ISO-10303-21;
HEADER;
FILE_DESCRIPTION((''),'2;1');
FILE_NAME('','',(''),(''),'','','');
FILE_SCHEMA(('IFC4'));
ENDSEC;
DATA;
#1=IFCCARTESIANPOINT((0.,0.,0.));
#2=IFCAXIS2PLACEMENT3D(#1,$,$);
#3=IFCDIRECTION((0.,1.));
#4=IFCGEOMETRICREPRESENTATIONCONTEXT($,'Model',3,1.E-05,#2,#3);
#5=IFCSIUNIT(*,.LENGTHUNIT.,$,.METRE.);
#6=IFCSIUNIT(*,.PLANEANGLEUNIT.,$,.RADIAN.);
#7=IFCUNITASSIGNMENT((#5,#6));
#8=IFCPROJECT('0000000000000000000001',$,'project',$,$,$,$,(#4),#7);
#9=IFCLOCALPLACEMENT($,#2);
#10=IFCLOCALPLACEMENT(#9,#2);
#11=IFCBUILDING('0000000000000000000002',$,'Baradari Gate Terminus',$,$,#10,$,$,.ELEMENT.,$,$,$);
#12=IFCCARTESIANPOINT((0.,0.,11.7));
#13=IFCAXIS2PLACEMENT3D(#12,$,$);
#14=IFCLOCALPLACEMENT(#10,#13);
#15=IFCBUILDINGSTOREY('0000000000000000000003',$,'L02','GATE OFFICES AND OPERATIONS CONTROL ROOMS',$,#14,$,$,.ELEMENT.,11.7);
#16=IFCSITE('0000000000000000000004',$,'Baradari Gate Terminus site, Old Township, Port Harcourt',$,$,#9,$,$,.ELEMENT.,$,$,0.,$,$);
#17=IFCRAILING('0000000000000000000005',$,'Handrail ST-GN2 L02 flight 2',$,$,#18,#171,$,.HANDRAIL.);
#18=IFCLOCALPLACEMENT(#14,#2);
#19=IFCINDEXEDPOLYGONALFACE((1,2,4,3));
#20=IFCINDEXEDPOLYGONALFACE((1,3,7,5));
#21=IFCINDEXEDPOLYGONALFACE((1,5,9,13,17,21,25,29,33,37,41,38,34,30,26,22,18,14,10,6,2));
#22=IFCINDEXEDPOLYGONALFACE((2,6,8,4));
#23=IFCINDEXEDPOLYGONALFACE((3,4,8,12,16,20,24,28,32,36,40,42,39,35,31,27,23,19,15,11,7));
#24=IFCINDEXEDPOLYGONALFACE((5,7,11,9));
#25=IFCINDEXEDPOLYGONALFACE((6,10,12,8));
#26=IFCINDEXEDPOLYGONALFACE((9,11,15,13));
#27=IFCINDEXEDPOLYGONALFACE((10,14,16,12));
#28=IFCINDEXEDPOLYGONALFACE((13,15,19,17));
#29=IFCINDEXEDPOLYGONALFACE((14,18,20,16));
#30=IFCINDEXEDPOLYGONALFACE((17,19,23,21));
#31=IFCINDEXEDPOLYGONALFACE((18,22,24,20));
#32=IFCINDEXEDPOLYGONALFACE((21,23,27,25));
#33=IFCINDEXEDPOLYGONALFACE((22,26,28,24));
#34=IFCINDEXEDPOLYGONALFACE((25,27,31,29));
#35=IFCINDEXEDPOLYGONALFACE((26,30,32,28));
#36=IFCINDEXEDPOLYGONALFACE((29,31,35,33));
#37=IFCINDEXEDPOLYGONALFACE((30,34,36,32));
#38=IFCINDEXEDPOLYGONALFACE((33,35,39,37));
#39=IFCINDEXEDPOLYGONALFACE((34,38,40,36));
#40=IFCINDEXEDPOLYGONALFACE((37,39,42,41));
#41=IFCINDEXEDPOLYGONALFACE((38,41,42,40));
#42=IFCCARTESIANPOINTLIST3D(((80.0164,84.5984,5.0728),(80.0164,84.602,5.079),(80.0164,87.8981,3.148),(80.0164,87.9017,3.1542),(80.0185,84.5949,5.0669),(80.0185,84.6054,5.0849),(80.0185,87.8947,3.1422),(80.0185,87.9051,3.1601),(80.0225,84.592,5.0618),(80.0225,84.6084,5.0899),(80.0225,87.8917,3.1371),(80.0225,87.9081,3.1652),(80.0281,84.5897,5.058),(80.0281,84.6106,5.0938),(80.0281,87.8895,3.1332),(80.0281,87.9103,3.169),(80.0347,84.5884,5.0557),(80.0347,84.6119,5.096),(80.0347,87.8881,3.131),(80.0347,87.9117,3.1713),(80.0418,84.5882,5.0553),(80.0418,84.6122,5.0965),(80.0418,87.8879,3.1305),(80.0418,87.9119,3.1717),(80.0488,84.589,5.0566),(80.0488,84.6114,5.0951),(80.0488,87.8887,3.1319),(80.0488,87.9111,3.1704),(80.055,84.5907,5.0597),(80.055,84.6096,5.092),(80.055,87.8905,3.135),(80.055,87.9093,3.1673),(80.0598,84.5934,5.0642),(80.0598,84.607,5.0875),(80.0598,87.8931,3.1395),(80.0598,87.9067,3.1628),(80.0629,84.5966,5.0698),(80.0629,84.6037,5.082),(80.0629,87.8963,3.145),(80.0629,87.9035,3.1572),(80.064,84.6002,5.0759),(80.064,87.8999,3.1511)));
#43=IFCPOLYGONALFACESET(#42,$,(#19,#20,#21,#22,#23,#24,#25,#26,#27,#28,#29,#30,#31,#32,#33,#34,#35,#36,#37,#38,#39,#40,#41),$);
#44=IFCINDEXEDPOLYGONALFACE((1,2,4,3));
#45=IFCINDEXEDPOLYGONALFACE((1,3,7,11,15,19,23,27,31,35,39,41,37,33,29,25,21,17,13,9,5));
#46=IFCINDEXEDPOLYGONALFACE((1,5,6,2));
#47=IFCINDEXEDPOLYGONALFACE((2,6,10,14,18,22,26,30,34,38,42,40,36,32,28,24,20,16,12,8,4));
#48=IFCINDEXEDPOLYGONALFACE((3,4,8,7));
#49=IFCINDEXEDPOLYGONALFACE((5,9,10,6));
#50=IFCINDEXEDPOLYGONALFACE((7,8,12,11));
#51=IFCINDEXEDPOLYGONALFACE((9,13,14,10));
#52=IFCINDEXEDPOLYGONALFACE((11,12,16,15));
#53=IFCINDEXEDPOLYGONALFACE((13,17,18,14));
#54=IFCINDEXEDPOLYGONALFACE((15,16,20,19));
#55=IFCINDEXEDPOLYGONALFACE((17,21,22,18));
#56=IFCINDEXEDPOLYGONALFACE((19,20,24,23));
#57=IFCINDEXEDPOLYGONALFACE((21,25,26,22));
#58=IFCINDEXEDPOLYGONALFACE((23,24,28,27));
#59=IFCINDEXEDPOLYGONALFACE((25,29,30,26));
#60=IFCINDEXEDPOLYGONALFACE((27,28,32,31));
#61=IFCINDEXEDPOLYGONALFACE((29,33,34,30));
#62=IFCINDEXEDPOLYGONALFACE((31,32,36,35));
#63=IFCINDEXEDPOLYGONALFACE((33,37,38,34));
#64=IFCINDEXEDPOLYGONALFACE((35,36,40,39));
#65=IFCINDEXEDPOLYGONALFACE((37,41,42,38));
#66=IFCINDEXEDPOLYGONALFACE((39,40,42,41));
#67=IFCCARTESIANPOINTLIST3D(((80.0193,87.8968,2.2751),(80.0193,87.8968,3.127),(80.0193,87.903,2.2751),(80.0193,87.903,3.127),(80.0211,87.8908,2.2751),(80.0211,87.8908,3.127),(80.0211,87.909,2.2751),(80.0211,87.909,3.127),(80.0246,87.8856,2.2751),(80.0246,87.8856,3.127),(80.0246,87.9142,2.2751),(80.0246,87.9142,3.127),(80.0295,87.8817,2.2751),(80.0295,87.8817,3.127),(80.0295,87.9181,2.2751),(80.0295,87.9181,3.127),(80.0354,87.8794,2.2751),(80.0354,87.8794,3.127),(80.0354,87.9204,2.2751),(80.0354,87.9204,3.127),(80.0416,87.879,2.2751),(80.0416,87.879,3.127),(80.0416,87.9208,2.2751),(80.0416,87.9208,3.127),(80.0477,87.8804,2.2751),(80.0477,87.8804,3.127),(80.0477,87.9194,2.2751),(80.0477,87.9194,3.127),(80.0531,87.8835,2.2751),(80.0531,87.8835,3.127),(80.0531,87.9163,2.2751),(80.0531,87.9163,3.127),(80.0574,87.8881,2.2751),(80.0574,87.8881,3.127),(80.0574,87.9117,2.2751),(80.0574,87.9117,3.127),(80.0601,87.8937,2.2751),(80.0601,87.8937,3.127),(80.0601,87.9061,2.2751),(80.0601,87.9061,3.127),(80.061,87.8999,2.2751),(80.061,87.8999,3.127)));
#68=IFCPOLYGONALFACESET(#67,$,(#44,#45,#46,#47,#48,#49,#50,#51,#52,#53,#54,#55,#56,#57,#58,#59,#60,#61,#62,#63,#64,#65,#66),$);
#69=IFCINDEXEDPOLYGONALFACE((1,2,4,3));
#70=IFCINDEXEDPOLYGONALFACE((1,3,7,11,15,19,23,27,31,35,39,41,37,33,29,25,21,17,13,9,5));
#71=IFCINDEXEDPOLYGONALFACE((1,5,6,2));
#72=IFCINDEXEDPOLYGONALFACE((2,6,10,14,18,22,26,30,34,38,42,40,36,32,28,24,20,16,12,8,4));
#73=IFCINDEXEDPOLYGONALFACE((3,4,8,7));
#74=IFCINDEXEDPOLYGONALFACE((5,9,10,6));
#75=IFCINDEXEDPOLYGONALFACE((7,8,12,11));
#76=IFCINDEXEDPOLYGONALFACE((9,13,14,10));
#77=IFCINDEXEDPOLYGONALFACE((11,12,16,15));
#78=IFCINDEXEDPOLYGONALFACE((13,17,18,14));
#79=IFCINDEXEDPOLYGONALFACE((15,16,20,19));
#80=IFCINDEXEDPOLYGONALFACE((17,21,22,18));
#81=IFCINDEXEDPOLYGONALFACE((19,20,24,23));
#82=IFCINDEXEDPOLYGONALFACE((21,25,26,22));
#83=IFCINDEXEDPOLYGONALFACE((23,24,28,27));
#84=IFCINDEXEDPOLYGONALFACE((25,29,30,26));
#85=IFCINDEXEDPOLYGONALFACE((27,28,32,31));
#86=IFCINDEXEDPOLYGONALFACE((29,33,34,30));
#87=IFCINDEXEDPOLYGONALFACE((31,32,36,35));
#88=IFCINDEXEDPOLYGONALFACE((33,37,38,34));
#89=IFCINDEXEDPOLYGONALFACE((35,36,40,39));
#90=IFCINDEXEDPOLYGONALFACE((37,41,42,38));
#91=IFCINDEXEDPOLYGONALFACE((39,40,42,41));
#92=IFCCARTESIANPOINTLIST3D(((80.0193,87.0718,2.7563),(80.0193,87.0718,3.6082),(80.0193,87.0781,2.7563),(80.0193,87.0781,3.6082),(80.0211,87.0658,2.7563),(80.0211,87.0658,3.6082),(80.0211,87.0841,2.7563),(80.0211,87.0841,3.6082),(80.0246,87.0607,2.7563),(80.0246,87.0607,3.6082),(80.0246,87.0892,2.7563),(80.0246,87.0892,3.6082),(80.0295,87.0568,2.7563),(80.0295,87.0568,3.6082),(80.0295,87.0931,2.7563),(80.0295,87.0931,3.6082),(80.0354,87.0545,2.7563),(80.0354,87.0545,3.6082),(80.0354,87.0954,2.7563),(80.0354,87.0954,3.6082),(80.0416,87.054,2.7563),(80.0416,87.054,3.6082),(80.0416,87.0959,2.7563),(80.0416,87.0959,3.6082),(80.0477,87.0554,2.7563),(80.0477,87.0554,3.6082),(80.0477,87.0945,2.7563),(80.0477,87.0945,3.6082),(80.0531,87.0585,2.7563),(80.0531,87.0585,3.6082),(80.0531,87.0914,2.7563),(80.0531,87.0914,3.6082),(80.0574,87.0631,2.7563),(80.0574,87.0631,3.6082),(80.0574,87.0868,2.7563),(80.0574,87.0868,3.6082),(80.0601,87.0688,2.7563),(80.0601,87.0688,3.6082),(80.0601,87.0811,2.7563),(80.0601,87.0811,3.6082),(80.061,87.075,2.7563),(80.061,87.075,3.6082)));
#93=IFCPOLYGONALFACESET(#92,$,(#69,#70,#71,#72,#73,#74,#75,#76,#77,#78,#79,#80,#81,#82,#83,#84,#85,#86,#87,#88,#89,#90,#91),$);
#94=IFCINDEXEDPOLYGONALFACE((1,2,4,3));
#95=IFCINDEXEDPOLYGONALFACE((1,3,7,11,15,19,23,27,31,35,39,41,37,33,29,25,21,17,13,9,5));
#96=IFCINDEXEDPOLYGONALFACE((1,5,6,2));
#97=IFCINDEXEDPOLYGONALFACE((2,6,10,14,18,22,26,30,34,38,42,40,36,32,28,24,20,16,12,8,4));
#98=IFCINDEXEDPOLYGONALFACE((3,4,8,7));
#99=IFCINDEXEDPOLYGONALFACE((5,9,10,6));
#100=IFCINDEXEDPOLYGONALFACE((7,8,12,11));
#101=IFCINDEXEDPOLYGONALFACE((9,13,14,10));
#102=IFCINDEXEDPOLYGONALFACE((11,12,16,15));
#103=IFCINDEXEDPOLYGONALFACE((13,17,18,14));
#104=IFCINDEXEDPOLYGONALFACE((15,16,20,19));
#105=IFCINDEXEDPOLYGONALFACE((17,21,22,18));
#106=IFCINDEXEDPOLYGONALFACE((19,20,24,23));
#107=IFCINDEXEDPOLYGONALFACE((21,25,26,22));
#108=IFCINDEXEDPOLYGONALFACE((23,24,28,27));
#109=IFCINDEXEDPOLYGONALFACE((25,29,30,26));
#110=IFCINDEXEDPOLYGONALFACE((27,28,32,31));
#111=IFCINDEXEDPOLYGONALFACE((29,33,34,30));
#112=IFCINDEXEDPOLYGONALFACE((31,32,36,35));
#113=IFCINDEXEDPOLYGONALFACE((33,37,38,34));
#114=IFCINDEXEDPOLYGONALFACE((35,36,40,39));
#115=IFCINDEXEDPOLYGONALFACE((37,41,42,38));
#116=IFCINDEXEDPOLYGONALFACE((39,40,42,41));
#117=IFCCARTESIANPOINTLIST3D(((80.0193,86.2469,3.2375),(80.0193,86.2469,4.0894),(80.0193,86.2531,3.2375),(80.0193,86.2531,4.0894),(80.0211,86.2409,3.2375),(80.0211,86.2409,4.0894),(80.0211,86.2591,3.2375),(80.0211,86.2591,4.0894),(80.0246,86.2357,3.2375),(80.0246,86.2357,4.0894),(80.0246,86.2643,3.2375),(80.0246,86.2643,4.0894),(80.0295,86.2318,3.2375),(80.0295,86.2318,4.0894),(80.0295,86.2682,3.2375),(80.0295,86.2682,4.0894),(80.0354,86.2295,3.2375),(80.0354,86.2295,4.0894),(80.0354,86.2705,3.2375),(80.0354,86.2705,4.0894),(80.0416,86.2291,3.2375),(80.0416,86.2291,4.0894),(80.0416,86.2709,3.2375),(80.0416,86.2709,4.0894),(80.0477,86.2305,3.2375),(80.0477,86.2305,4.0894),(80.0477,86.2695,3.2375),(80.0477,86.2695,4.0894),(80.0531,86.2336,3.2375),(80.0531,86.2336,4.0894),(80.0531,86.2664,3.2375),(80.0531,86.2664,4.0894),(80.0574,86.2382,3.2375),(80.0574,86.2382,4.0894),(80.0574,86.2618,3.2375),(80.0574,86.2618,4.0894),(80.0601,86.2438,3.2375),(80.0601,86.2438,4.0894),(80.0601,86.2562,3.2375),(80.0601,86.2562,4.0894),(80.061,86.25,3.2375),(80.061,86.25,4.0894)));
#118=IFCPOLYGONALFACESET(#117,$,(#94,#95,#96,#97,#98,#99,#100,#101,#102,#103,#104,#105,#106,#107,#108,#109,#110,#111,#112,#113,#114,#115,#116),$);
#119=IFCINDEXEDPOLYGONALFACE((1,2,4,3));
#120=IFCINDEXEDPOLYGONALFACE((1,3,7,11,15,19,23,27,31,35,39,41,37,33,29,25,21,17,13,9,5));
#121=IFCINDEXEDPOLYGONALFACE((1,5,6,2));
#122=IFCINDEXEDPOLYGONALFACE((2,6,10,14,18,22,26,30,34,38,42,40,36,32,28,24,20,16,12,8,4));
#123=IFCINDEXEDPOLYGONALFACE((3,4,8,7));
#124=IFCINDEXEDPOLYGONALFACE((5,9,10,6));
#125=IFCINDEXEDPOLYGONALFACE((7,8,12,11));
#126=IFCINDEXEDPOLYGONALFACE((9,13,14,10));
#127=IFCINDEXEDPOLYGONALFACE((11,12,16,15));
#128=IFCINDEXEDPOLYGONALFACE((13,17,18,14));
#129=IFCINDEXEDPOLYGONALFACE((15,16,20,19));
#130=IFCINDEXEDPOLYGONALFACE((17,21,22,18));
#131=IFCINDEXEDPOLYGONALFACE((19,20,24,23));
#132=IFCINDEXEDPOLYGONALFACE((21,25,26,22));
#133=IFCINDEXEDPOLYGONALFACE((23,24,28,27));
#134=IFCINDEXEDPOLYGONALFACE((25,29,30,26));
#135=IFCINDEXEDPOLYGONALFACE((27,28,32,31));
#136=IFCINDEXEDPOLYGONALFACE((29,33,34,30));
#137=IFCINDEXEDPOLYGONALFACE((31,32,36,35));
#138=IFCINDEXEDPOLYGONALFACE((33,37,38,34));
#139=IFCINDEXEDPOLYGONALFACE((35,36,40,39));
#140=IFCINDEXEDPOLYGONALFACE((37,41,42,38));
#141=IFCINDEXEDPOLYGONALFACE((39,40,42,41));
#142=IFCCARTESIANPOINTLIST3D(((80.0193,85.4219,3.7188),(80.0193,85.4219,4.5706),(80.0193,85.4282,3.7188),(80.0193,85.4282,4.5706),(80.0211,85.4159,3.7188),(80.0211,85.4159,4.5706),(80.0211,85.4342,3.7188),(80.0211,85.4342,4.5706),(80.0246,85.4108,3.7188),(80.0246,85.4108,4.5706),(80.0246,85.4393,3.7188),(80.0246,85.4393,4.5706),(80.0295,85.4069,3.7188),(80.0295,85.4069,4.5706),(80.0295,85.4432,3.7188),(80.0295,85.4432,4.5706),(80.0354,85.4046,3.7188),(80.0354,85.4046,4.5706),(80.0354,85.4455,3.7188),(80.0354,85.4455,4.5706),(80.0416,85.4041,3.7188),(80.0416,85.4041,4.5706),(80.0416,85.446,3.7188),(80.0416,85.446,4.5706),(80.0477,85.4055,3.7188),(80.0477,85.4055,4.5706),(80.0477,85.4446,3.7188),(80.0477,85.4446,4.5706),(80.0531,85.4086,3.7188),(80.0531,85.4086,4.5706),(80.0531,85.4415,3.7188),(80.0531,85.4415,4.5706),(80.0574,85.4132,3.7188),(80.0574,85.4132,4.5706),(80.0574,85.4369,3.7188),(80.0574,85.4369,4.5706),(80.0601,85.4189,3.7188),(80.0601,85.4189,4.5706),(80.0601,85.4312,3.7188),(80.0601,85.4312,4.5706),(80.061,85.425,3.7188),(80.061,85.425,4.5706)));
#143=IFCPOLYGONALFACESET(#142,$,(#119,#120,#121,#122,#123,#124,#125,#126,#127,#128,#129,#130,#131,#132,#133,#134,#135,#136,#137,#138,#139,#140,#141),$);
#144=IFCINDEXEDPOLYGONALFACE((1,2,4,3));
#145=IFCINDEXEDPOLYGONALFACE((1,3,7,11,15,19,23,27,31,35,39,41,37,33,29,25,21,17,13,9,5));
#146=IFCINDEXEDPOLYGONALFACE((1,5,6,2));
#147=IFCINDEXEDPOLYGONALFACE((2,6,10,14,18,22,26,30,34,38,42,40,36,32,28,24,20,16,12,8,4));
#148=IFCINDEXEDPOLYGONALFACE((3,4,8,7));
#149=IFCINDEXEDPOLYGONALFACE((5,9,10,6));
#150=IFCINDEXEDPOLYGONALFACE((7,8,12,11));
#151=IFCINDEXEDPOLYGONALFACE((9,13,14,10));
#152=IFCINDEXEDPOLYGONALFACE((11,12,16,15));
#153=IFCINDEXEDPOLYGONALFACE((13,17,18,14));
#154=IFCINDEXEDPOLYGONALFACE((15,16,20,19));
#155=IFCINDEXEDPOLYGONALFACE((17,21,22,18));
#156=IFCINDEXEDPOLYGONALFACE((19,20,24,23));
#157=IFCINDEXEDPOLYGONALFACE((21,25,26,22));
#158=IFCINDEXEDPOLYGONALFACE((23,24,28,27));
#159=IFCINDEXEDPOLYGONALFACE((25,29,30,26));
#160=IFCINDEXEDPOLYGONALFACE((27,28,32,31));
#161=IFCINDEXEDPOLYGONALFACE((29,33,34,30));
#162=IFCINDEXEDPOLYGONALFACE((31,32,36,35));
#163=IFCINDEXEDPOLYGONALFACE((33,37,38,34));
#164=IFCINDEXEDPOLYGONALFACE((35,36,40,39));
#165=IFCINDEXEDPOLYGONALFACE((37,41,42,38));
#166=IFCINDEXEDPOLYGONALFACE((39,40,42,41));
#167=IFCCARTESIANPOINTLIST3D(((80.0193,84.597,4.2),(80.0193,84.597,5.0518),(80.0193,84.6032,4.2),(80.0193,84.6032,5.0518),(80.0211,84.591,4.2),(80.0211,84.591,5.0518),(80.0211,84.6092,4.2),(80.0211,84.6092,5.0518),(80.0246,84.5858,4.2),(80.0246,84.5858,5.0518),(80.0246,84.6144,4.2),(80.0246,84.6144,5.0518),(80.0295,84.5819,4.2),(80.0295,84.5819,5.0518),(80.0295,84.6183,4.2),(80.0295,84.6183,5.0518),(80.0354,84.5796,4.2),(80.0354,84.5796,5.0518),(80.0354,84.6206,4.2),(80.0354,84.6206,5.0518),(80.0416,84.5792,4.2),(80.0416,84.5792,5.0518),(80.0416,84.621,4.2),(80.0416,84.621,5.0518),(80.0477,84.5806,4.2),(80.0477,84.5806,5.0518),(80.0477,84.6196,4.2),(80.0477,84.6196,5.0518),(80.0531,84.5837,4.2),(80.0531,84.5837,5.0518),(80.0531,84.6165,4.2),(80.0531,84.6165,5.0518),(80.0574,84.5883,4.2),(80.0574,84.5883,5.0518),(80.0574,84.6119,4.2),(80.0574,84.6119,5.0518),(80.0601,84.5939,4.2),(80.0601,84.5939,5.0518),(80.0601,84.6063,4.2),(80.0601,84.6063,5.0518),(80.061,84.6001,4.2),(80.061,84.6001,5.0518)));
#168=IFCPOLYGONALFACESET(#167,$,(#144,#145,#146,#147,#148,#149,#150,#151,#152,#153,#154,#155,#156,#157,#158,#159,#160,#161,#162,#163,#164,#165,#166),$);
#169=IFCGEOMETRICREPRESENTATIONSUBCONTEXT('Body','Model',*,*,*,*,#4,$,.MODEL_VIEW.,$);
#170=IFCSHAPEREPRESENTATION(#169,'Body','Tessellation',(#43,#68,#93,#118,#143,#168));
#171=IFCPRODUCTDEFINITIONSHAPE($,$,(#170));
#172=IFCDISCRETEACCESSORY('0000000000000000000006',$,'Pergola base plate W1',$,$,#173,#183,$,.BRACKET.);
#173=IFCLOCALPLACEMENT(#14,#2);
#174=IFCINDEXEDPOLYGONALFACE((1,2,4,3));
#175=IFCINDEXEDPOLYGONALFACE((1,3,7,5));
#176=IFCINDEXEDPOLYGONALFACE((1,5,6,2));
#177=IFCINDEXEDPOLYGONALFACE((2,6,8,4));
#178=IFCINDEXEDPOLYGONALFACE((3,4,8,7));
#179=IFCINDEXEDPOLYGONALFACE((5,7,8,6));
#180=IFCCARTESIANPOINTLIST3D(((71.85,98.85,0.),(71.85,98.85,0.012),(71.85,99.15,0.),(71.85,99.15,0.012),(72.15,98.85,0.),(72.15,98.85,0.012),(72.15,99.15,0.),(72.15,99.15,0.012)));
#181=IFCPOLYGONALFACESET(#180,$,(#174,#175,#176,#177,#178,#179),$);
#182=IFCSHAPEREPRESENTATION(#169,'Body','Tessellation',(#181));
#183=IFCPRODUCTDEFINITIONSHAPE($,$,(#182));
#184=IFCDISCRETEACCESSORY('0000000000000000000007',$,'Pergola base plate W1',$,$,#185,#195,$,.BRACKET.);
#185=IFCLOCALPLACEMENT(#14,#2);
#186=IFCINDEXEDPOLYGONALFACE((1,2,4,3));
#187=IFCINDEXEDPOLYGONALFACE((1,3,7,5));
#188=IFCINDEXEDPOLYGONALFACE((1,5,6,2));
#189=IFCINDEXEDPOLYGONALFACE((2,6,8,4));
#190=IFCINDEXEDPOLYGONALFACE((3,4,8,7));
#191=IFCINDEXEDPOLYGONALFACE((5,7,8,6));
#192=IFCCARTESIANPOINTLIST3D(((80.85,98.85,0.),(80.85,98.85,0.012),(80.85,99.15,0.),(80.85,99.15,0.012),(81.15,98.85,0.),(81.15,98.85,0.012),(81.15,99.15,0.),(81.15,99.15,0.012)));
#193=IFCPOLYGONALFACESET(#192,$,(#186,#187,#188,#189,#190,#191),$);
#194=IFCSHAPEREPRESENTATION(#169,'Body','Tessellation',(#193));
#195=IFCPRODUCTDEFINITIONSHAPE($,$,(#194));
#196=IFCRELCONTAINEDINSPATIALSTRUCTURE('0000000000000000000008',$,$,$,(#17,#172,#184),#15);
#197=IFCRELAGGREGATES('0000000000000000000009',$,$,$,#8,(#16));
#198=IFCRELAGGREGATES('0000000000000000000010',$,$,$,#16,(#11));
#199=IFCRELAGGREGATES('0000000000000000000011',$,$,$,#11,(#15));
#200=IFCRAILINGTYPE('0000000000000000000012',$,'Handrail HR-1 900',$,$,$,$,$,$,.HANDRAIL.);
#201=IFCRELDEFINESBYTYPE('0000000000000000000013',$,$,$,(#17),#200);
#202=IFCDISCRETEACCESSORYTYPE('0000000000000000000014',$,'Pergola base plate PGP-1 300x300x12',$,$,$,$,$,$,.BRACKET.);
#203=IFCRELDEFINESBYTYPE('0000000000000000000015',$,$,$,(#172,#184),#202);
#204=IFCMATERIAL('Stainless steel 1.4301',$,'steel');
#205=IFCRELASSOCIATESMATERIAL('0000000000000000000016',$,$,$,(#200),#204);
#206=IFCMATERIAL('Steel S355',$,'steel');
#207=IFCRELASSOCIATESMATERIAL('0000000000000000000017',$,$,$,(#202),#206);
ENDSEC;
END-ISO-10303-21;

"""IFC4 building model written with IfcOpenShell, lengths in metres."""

from ifc_helpers import new_model, si_unit, direction, frame, origin, origin_2d, place, context, subcontext, project, spatial, rectangle, circle, extrude, material, type_object, element, save


model = new_model("IFC4")

# Units and contexts
model_context = context("Model", 3, precision=1e-05, world=origin(), true_north=direction((0.0, 1.0)))
body_context = subcontext(model_context, "Body", "Model", "MODEL_VIEW")
ifc_project = project(units=[si_unit("LENGTHUNIT", "METRE"), si_unit("PLANEANGLEUNIT", "RADIAN")], contexts=[model_context])

# Site, building, storey
site_placement = place(None, origin())
site = spatial("IfcSite", under=ifc_project, at=site_placement, Name="Baradari Gate Terminus site, Old Township, Port Harcourt", CompositionType="ELEMENT", RefElevation=0.0)
building_placement = place(site_placement, origin())
building = spatial("IfcBuilding", under=site, at=building_placement, Name="Baradari Gate Terminus", CompositionType="ELEMENT")
storey_placement = place(building_placement, frame((0.0, 0.0, 11.7)))
storey = spatial("IfcBuildingStorey", under=building, at=storey_placement, Name="L02", Description="GATE OFFICES AND OPERATIONS CONTROL ROOMS", CompositionType="ELEMENT", Elevation=11.7)

# Railing
ifc_material_1 = material(Name="Stainless steel 1.4301", Category="steel")
railing_type = type_object("IfcRailingType", Name="Handrail HR-1 900", PredefinedType="HANDRAIL", material=ifc_material_1)
for number, where, name in (
    (1, (80.04, 87.8999, 2.2751), "Handrail ST-GN2 L02 flight 2"),
):
    element("IfcRailing", number, at=place(storey_placement, frame(where)), inside=storey, type_object=railing_type, Name=name, PredefinedType="HANDRAIL", context=body_context, shape_type="SweptSolid", body=[
        extrude(circle(Radius=0.0239, at=origin_2d()), frame((0.0, 0.0, 0.876), z_axis=(0.0, -0.863788, 0.503855), x_axis=(1.0, 0.0, 0.0)), (0.0, 0.0, 1.0), 3.8201),
        extrude(circle(Radius=0.021, at=origin_2d()), origin(), (0.0, 0.0, 1.0), 0.8518),
        extrude(circle(Radius=0.021, at=origin_2d()), frame((0.0, -0.825, 0.4812)), (0.0, 0.0, 1.0), 0.8518),
        extrude(circle(Radius=0.021, at=origin_2d()), frame((0.0, -1.6499, 0.9624)), (0.0, 0.0, 1.0), 0.8518),
        extrude(circle(Radius=0.021, at=origin_2d()), frame((0.0, -2.4749, 1.4436)), (0.0, 0.0, 1.0), 0.8518),
        extrude(circle(Radius=0.021, at=origin_2d()), frame((0.0, -3.2998, 1.9248)), (0.0, 0.0, 1.0), 0.8518),
    ])

# Discrete accessories
ifc_material_2 = material(Name="Steel S355", Category="steel")
discrete_accessory_type = type_object("IfcDiscreteAccessoryType", Name="Pergola base plate PGP-1 300x300x12", PredefinedType="BRACKET", material=ifc_material_2)
for number, where, z_axis, x_axis, name in (
    (2, (72.0, 99.0, 0.0), (0.0, 0.0, 1.0), (1.0, 0.0, 0.0), "Pergola base plate W1"),
    (3, (81.0, 99.0, 0.0), (0.0, 0.0, 1.0), (1.0, 0.0, 0.0), "Pergola base plate W1"),
):
    element("IfcDiscreteAccessory", number, at=place(storey_placement, frame(where, z_axis=z_axis, x_axis=x_axis)), inside=storey, type_object=discrete_accessory_type, Name=name, PredefinedType="BRACKET", context=body_context, shape_type="SweptSolid", body=[
        extrude(rectangle(XDim=0.3, YDim=0.3, at=origin_2d()), origin(), (0.0, 0.0, 1.0), 0.012),
    ])

save(model, "model.ifc")
